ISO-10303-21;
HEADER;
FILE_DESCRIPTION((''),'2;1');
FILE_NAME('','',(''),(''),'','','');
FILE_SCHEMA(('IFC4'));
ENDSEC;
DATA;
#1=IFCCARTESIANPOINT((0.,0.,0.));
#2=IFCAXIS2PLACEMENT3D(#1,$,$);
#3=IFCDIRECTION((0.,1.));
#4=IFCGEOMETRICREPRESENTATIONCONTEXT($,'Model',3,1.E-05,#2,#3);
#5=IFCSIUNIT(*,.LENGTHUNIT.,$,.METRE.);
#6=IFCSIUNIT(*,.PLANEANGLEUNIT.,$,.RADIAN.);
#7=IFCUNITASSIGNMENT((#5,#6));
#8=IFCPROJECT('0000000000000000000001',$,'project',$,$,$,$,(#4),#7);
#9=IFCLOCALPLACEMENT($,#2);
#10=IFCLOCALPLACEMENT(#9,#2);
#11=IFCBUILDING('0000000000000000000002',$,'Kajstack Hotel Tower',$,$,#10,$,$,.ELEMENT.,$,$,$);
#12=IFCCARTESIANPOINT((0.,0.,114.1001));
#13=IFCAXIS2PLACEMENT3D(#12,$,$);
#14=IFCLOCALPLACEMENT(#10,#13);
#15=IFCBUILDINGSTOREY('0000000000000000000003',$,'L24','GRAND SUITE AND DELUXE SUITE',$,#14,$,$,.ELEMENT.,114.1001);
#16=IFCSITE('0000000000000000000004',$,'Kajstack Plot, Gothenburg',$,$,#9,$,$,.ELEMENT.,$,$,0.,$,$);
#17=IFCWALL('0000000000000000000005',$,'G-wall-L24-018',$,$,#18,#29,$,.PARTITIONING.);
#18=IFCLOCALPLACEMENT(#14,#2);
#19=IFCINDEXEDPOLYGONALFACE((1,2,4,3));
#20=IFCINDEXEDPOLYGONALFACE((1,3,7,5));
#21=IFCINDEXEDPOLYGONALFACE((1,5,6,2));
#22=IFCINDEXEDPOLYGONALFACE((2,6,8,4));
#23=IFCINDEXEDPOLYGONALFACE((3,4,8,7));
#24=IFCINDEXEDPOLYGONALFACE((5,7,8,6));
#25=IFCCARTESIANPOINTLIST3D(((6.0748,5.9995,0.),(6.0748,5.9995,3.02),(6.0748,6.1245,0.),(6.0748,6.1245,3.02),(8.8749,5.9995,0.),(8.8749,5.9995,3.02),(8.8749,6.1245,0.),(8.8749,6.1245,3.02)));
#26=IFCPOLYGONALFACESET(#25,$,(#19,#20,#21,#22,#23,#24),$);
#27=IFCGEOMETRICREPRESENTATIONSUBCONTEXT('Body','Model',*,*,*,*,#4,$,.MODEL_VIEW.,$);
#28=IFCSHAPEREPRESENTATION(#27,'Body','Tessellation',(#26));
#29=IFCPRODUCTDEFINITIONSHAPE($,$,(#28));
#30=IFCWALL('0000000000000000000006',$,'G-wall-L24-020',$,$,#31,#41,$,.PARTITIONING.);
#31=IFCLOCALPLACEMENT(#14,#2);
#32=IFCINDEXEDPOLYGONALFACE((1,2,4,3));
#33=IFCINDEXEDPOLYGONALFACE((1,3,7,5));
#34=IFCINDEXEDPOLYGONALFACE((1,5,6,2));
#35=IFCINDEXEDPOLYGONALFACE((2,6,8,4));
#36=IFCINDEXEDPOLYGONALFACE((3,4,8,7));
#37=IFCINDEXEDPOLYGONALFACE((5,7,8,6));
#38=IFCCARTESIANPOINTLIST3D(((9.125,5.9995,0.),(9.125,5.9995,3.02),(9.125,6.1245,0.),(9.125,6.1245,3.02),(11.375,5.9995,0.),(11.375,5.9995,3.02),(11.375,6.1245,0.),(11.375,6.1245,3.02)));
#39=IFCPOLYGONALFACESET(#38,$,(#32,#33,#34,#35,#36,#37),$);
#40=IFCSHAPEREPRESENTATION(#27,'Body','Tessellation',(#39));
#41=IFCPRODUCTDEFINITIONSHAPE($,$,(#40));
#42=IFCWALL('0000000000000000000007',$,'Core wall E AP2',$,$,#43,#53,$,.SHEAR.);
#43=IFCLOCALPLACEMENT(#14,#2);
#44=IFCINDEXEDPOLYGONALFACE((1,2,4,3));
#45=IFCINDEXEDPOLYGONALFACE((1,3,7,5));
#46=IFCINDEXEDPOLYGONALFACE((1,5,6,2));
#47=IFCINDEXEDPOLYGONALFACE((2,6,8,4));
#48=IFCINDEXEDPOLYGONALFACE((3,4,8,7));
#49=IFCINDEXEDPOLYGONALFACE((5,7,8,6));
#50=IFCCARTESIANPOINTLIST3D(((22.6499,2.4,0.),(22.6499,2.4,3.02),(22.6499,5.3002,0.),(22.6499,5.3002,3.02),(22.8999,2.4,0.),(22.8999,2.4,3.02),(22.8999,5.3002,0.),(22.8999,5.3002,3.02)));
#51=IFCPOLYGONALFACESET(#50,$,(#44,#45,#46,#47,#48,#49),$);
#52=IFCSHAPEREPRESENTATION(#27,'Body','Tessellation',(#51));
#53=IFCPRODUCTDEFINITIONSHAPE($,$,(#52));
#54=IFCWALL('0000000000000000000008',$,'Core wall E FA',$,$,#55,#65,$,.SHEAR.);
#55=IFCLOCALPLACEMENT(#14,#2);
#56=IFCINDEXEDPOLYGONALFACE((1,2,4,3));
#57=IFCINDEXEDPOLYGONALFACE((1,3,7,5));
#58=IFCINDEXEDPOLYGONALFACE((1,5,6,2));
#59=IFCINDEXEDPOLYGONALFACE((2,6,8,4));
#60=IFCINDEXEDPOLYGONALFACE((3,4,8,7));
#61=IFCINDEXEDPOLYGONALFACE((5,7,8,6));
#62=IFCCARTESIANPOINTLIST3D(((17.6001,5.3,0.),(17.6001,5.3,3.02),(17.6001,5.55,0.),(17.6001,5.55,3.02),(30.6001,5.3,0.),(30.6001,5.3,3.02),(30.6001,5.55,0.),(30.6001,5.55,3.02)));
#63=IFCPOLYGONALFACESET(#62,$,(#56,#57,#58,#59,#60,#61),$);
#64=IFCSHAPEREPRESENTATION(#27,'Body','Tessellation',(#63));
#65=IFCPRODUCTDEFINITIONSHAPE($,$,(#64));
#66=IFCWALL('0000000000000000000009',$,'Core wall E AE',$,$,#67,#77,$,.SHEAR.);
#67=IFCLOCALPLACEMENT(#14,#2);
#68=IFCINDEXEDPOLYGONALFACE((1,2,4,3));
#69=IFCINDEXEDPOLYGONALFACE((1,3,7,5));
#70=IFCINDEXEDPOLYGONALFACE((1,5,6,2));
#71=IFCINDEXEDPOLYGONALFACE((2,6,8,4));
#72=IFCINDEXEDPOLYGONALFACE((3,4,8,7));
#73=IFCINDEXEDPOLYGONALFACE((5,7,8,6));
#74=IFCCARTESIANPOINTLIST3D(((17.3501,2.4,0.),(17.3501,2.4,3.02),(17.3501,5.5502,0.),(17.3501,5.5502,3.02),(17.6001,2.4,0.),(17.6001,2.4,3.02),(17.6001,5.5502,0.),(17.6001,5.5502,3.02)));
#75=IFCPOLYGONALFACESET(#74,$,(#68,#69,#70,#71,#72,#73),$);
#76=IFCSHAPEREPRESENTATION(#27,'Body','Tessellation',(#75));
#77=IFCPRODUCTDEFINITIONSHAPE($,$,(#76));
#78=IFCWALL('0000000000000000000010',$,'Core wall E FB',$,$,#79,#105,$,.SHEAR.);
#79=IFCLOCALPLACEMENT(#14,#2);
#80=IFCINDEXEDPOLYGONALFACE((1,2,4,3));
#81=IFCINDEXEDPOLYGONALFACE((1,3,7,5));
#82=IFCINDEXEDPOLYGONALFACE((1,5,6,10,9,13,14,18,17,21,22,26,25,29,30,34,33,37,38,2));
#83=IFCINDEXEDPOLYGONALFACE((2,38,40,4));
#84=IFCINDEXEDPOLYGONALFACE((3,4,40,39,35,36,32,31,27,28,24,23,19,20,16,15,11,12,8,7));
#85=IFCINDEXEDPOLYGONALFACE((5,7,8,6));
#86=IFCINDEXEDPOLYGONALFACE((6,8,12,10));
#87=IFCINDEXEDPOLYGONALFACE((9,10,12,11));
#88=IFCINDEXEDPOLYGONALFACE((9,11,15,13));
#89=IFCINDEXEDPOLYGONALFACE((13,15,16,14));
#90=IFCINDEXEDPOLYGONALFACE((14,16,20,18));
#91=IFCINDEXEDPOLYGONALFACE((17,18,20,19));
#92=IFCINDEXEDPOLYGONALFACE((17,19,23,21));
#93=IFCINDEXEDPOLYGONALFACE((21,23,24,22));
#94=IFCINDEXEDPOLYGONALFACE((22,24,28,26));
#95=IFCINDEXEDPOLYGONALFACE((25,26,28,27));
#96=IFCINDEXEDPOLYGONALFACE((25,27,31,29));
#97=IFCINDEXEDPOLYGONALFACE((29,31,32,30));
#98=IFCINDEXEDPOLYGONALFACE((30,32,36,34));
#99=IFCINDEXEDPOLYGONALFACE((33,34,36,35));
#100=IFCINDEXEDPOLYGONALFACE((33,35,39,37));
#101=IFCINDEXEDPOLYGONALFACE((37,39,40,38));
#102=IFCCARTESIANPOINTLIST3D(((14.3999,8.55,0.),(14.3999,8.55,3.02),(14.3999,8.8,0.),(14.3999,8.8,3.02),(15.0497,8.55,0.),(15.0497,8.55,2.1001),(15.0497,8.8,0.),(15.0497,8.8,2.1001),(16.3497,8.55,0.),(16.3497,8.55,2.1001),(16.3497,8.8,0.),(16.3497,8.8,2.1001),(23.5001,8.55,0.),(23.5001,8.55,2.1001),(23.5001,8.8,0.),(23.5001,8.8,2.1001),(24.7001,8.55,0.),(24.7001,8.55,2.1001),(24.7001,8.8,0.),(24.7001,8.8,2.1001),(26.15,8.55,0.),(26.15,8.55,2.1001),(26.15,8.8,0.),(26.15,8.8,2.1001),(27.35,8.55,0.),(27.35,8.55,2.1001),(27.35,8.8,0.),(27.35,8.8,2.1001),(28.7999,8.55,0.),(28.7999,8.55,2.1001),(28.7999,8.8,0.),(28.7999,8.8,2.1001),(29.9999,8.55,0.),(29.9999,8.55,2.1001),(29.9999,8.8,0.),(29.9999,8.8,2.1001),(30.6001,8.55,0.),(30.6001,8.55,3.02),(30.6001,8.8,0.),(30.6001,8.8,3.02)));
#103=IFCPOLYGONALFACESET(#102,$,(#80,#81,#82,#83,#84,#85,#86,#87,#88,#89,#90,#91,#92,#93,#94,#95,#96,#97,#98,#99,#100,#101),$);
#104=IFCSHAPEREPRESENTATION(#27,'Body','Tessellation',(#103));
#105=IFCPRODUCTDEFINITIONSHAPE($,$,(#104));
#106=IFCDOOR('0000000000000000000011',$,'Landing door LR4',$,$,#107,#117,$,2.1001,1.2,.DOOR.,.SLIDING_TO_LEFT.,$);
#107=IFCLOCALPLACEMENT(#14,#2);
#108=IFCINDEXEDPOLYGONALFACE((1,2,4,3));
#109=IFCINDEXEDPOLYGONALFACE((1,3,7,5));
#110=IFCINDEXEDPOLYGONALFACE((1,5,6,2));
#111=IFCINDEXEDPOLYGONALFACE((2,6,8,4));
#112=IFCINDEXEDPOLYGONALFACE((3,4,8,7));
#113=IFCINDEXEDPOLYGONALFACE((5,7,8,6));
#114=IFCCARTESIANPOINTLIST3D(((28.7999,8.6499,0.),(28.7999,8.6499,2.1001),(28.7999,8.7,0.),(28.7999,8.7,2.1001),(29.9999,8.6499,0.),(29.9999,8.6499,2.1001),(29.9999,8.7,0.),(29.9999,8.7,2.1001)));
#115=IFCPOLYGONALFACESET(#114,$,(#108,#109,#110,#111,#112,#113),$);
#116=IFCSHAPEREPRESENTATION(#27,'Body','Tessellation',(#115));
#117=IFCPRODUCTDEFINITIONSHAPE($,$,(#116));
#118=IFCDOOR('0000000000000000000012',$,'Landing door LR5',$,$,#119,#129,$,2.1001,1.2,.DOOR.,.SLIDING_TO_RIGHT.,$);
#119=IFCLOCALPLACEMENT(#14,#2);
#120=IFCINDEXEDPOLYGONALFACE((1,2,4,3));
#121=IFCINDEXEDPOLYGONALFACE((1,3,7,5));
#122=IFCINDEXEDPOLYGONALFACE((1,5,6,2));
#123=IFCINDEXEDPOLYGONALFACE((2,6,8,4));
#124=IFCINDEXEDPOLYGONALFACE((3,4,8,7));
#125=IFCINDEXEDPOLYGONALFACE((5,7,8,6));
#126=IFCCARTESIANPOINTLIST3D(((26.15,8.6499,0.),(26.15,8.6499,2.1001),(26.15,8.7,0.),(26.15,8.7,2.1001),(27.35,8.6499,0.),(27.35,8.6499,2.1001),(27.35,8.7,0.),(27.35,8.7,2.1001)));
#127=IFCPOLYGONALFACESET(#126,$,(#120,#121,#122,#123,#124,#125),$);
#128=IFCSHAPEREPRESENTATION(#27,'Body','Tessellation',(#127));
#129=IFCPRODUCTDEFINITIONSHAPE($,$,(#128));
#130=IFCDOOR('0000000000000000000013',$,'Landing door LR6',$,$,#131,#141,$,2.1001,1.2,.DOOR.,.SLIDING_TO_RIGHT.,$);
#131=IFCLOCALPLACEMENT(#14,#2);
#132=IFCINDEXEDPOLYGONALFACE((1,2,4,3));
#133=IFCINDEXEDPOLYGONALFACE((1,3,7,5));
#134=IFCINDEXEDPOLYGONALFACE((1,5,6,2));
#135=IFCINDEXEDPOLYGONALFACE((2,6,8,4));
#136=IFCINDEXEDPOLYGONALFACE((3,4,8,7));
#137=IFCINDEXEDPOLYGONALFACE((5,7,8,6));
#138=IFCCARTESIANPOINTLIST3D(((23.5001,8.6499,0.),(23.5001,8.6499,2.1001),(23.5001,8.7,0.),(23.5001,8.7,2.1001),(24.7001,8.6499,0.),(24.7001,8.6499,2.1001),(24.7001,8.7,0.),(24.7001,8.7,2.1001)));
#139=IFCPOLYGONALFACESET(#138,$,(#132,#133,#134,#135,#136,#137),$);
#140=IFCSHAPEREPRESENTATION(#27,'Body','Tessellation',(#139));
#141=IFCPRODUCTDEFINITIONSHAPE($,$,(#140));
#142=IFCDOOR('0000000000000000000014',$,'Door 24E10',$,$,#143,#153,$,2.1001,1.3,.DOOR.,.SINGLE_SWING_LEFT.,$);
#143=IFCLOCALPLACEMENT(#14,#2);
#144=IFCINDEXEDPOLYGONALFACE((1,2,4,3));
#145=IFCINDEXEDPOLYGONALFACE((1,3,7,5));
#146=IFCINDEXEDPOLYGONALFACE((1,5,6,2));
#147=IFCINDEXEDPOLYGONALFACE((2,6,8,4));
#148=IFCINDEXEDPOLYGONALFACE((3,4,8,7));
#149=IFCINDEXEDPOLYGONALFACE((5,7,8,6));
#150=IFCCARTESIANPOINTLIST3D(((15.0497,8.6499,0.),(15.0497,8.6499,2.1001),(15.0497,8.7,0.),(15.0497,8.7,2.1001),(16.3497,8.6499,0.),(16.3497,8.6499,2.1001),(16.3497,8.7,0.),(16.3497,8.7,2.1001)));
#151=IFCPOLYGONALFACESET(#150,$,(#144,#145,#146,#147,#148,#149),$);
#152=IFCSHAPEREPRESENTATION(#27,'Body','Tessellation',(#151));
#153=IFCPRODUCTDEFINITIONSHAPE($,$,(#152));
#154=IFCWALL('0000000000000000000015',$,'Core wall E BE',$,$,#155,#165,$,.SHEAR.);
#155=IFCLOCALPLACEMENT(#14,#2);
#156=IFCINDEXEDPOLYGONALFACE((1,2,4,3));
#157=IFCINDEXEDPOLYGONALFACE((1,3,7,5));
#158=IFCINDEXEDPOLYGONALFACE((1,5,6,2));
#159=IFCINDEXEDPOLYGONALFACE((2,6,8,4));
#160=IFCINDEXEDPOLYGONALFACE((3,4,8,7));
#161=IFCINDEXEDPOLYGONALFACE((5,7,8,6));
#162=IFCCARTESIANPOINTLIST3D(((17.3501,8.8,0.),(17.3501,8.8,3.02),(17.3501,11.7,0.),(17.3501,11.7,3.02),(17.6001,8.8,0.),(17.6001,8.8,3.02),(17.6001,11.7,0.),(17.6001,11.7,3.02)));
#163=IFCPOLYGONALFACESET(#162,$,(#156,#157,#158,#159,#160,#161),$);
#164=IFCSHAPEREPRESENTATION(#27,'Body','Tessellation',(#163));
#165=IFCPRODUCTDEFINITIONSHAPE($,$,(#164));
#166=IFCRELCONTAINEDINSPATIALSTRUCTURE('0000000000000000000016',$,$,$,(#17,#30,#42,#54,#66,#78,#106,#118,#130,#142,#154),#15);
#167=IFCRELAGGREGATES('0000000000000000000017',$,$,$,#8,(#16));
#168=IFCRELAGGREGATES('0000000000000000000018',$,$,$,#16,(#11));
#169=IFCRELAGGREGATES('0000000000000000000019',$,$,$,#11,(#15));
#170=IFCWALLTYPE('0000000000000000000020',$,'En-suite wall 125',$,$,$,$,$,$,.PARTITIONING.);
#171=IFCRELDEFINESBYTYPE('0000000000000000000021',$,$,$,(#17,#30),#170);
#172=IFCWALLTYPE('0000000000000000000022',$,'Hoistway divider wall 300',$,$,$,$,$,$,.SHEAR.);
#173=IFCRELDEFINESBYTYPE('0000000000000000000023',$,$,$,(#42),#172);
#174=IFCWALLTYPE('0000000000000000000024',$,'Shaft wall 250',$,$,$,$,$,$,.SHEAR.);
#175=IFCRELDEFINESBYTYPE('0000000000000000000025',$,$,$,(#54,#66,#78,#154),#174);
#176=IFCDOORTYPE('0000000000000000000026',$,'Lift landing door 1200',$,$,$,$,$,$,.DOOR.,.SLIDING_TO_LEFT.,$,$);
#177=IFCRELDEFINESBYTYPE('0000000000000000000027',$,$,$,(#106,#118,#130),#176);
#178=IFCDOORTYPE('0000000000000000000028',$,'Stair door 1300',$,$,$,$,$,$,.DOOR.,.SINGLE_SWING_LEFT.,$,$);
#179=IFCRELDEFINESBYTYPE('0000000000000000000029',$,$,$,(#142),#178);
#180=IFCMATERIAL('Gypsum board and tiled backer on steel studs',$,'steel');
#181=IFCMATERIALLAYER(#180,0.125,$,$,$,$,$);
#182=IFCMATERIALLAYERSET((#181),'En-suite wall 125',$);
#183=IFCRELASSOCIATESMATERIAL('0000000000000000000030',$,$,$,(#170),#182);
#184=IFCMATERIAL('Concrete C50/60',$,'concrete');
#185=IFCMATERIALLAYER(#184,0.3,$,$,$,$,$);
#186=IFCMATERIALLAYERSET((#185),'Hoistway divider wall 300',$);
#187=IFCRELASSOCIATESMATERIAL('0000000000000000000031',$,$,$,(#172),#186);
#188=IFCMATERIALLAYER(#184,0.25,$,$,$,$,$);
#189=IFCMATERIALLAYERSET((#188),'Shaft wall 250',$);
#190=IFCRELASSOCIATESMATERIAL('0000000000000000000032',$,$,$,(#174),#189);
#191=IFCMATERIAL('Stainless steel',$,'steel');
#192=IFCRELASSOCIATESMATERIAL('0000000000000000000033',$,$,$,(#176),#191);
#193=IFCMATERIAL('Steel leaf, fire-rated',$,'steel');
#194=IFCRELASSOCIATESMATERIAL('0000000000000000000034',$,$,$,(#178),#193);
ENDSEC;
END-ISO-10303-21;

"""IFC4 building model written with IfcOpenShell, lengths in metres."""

from ifc_helpers import new_model, si_unit, direction, frame, frame_2d, origin, place, context, subcontext, project, spatial, rectangle, extrude, material, layer, layer_set, type_object, element, fill, save


model = new_model("IFC4")

# Units and contexts
model_context = context("Model", 3, precision=1e-05, world=origin(), true_north=direction((0.0, 1.0)))
body_context = subcontext(model_context, "Body", "Model", "MODEL_VIEW")
ifc_project = project(units=[si_unit("LENGTHUNIT", "METRE"), si_unit("PLANEANGLEUNIT", "RADIAN")], contexts=[model_context])

# Site, building, storey
site_placement = place(None, origin())
site = spatial("IfcSite", under=ifc_project, at=site_placement, Name="Kajstack Plot, Gothenburg", CompositionType="ELEMENT", RefElevation=0.0)
building_placement = place(site_placement, origin())
building = spatial("IfcBuilding", under=site, at=building_placement, Name="Kajstack Hotel Tower", CompositionType="ELEMENT")
storey_placement = place(building_placement, frame((0.0, 0.0, 114.1001)))
storey = spatial("IfcBuildingStorey", under=building, at=storey_placement, Name="L24", Description="GRAND SUITE AND DELUXE SUITE", CompositionType="ELEMENT", Elevation=114.1001)

# Walls
ifc_material_1 = material(Name="Gypsum board and tiled backer on steel studs", Category="steel")
ifc_layer_1 = layer(ifc_material_1, 0.125)
ifc_layer_set_1 = layer_set([ifc_layer_1], Name="En-suite wall 125")
wall_type_1 = type_object("IfcWallType", Name="En-suite wall 125", PredefinedType="PARTITIONING", material=ifc_layer_set_1)
wall_1_placement = place(storey_placement, frame((6.075, 6.062, 0.0), z_axis=(0.0, 0.0, 1.0), x_axis=(1.0, 0.0, 0.0)))
element("IfcWall", 1, at=wall_1_placement, inside=storey, type_object=wall_type_1, Name="G-wall-L24-018", PredefinedType="PARTITIONING", context=body_context, shape_type="SweptSolid", body=[
    extrude(rectangle(XDim=2.8, YDim=0.125, at=frame_2d((1.3999, 0.0))), origin(), (0.0, 0.0, 1.0), 3.02),
])
wall_2_placement = place(storey_placement, frame((9.125, 6.062, 0.0), z_axis=(0.0, 0.0, 1.0), x_axis=(1.0, 0.0, 0.0)))
element("IfcWall", 2, at=wall_2_placement, inside=storey, type_object=wall_type_1, Name="G-wall-L24-020", PredefinedType="PARTITIONING", context=body_context, shape_type="SweptSolid", body=[
    extrude(rectangle(XDim=2.25, YDim=0.125, at=frame_2d((1.125, 0.0))), origin(), (0.0, 0.0, 1.0), 3.02),
])
ifc_material_2 = material(Name="Concrete C50/60", Category="concrete")
ifc_layer_2 = layer(ifc_material_2, 0.3)
ifc_layer_set_2 = layer_set([ifc_layer_2], Name="Hoistway divider wall 300")
wall_type_2 = type_object("IfcWallType", Name="Hoistway divider wall 300", PredefinedType="SHEAR", material=ifc_layer_set_2)
wall_3_placement = place(storey_placement, frame((22.7749, 2.3999, 0.0), z_axis=(0.0, 0.0, 1.0), x_axis=(0.0, 1.0, 0.0)))
element("IfcWall", 3, at=wall_3_placement, inside=storey, type_object=wall_type_2, Name="Core wall E AP2", PredefinedType="SHEAR", context=body_context, shape_type="SweptSolid", body=[
    extrude(rectangle(XDim=2.9001, YDim=0.25, at=frame_2d((1.4502, 0.0))), origin(), (0.0, 0.0, 1.0), 3.02),
])
ifc_layer_3 = layer(ifc_material_2, 0.25)
ifc_layer_set_3 = layer_set([ifc_layer_3], Name="Shaft wall 250")
wall_type_3 = type_object("IfcWallType", Name="Shaft wall 250", PredefinedType="SHEAR", material=ifc_layer_set_3)
wall_4_placement = place(storey_placement, frame((17.6001, 5.425, 0.0), z_axis=(0.0, 0.0, 1.0), x_axis=(1.0, 0.0, 0.0)))
element("IfcWall", 4, at=wall_4_placement, inside=storey, type_object=wall_type_3, Name="Core wall E FA", PredefinedType="SHEAR", context=body_context, shape_type="SweptSolid", body=[
    extrude(rectangle(XDim=13.0, YDim=0.25, at=frame_2d((6.5, 0.0))), origin(), (0.0, 0.0, 1.0), 3.02),
])
wall_5_placement = place(storey_placement, frame((17.4751, 2.3999, 0.0), z_axis=(0.0, 0.0, 1.0), x_axis=(0.0, 1.0, 0.0)))
element("IfcWall", 5, at=wall_5_placement, inside=storey, type_object=wall_type_3, Name="Core wall E AE", PredefinedType="SHEAR", context=body_context, shape_type="SweptSolid", body=[
    extrude(rectangle(XDim=3.1501, YDim=0.25, at=frame_2d((1.5752, 0.0))), origin(), (0.0, 0.0, 1.0), 3.02),
])

# Wall, openings, doors
wall_6_placement = place(storey_placement, frame((14.3999, 8.675, 0.0), z_axis=(0.0, 0.0, 1.0), x_axis=(1.0, 0.0, 0.0)))
wall_6 = element("IfcWall", 6, at=wall_6_placement, inside=storey, type_object=wall_type_3, Name="Core wall E FB", PredefinedType="SHEAR", context=body_context, shape_type="SweptSolid", body=[
    extrude(rectangle(XDim=16.2002, YDim=0.25, at=frame_2d((8.1001, 0.0))), origin(), (0.0, 0.0, 1.0), 3.02),
])
opening_1_placement = place(wall_6_placement, frame((14.3999, 0.0, 0.0)))
opening_1 = element("IfcOpeningElement", 7, at=opening_1_placement, cuts=wall_6, PredefinedType="OPENING", context=body_context, shape_type="SweptSolid", body=[
    extrude(rectangle(XDim=1.2, YDim=2.1001, at=frame_2d((0.6001, 1.05))), frame((0.0, 0.135, 0.0), z_axis=(0.0, -1.0, 0.0), x_axis=(1.0, 0.0, 0.0)), (0.0, 0.0, 1.0), 0.27),
])
opening_2_placement = place(wall_6_placement, frame((11.75, 0.0, 0.0)))
opening_2 = element("IfcOpeningElement", 8, at=opening_2_placement, cuts=wall_6, PredefinedType="OPENING", context=body_context, shape_type="SweptSolid", body=[
    extrude(rectangle(XDim=1.2, YDim=2.1001, at=frame_2d((0.6001, 1.05))), frame((0.0, 0.135, 0.0), z_axis=(0.0, -1.0, 0.0), x_axis=(1.0, 0.0, 0.0)), (0.0, 0.0, 1.0), 0.27),
])
opening_3_placement = place(wall_6_placement, frame((9.1001, 0.0, 0.0)))
opening_3 = element("IfcOpeningElement", 9, at=opening_3_placement, cuts=wall_6, PredefinedType="OPENING", context=body_context, shape_type="SweptSolid", body=[
    extrude(rectangle(XDim=1.2, YDim=2.1001, at=frame_2d((0.6001, 1.05))), frame((0.0, 0.135, 0.0), z_axis=(0.0, -1.0, 0.0), x_axis=(1.0, 0.0, 0.0)), (0.0, 0.0, 1.0), 0.27),
])
opening_4_placement = place(wall_6_placement, frame((0.6499, 0.0, 0.0)))
opening_4 = element("IfcOpeningElement", 10, at=opening_4_placement, cuts=wall_6, PredefinedType="OPENING", context=body_context, shape_type="SweptSolid", body=[
    extrude(rectangle(XDim=1.3, YDim=2.1001, at=frame_2d((0.6499, 1.05))), frame((0.0, 0.135, 0.0), z_axis=(0.0, -1.0, 0.0), x_axis=(1.0, 0.0, 0.0)), (0.0, 0.0, 1.0), 0.27),
])
ifc_material_3 = material(Name="Stainless steel", Category="steel")
door_type_1 = type_object("IfcDoorType", Name="Lift landing door 1200", OperationType="SLIDING_TO_LEFT", PredefinedType="DOOR", material=ifc_material_3)
door_1_placement = place(opening_1_placement, origin())
door_1 = element("IfcDoor", 11, at=door_1_placement, inside=storey, type_object=door_type_1, Name="Landing door LR4", OperationType="SLIDING_TO_LEFT", OverallHeight=2.1001, OverallWidth=1.2, PredefinedType="DOOR", context=body_context, shape_type="SweptSolid", body=[
    extrude(rectangle(XDim=1.2, YDim=2.1001, at=frame_2d((0.6001, 1.05))), frame((0.0, 0.0249, 0.0), z_axis=(0.0, -1.0, 0.0), x_axis=(1.0, 0.0, 0.0)), (0.0, 0.0, 1.0), 0.05),
])
fill(opening_1, door_1)
door_2_placement = place(opening_2_placement, origin())
door_2 = element("IfcDoor", 12, at=door_2_placement, inside=storey, type_object=door_type_1, Name="Landing door LR5", OperationType="SLIDING_TO_RIGHT", OverallHeight=2.1001, OverallWidth=1.2, PredefinedType="DOOR", context=body_context, shape_type="SweptSolid", body=[
    extrude(rectangle(XDim=1.2, YDim=2.1001, at=frame_2d((0.6001, 1.05))), frame((0.0, 0.0249, 0.0), z_axis=(0.0, -1.0, 0.0), x_axis=(1.0, 0.0, 0.0)), (0.0, 0.0, 1.0), 0.05),
])
fill(opening_2, door_2)
door_3_placement = place(opening_3_placement, origin())
door_3 = element("IfcDoor", 13, at=door_3_placement, inside=storey, type_object=door_type_1, Name="Landing door LR6", OperationType="SLIDING_TO_RIGHT", OverallHeight=2.1001, OverallWidth=1.2, PredefinedType="DOOR", context=body_context, shape_type="SweptSolid", body=[
    extrude(rectangle(XDim=1.2, YDim=2.1001, at=frame_2d((0.6001, 1.05))), frame((0.0, 0.0249, 0.0), z_axis=(0.0, -1.0, 0.0), x_axis=(1.0, 0.0, 0.0)), (0.0, 0.0, 1.0), 0.05),
])
fill(opening_3, door_3)
ifc_material_4 = material(Name="Steel leaf, fire-rated", Category="steel")
door_type_2 = type_object("IfcDoorType", Name="Stair door 1300", OperationType="SINGLE_SWING_LEFT", PredefinedType="DOOR", material=ifc_material_4)
door_4_placement = place(opening_4_placement, origin())
door_4 = element("IfcDoor", 14, at=door_4_placement, inside=storey, type_object=door_type_2, Name="Door 24E10", OperationType="SINGLE_SWING_LEFT", OverallHeight=2.1001, OverallWidth=1.3, PredefinedType="DOOR", context=body_context, shape_type="SweptSolid", body=[
    extrude(rectangle(XDim=1.3, YDim=2.1001, at=frame_2d((0.6499, 1.05))), frame((0.0, 0.0249, 0.0), z_axis=(0.0, -1.0, 0.0), x_axis=(1.0, 0.0, 0.0)), (0.0, 0.0, 1.0), 0.05),
])
fill(opening_4, door_4)

# Wall
wall_7_placement = place(storey_placement, frame((17.4751, 8.8, 0.0), z_axis=(0.0, 0.0, 1.0), x_axis=(0.0, 1.0, 0.0)))
element("IfcWall", 15, at=wall_7_placement, inside=storey, type_object=wall_type_3, Name="Core wall E BE", PredefinedType="SHEAR", context=body_context, shape_type="SweptSolid", body=[
    extrude(rectangle(XDim=2.8999, YDim=0.25, at=frame_2d((1.45, 0.0))), origin(), (0.0, 0.0, 1.0), 3.02),
])

save(model, "model.ifc")
